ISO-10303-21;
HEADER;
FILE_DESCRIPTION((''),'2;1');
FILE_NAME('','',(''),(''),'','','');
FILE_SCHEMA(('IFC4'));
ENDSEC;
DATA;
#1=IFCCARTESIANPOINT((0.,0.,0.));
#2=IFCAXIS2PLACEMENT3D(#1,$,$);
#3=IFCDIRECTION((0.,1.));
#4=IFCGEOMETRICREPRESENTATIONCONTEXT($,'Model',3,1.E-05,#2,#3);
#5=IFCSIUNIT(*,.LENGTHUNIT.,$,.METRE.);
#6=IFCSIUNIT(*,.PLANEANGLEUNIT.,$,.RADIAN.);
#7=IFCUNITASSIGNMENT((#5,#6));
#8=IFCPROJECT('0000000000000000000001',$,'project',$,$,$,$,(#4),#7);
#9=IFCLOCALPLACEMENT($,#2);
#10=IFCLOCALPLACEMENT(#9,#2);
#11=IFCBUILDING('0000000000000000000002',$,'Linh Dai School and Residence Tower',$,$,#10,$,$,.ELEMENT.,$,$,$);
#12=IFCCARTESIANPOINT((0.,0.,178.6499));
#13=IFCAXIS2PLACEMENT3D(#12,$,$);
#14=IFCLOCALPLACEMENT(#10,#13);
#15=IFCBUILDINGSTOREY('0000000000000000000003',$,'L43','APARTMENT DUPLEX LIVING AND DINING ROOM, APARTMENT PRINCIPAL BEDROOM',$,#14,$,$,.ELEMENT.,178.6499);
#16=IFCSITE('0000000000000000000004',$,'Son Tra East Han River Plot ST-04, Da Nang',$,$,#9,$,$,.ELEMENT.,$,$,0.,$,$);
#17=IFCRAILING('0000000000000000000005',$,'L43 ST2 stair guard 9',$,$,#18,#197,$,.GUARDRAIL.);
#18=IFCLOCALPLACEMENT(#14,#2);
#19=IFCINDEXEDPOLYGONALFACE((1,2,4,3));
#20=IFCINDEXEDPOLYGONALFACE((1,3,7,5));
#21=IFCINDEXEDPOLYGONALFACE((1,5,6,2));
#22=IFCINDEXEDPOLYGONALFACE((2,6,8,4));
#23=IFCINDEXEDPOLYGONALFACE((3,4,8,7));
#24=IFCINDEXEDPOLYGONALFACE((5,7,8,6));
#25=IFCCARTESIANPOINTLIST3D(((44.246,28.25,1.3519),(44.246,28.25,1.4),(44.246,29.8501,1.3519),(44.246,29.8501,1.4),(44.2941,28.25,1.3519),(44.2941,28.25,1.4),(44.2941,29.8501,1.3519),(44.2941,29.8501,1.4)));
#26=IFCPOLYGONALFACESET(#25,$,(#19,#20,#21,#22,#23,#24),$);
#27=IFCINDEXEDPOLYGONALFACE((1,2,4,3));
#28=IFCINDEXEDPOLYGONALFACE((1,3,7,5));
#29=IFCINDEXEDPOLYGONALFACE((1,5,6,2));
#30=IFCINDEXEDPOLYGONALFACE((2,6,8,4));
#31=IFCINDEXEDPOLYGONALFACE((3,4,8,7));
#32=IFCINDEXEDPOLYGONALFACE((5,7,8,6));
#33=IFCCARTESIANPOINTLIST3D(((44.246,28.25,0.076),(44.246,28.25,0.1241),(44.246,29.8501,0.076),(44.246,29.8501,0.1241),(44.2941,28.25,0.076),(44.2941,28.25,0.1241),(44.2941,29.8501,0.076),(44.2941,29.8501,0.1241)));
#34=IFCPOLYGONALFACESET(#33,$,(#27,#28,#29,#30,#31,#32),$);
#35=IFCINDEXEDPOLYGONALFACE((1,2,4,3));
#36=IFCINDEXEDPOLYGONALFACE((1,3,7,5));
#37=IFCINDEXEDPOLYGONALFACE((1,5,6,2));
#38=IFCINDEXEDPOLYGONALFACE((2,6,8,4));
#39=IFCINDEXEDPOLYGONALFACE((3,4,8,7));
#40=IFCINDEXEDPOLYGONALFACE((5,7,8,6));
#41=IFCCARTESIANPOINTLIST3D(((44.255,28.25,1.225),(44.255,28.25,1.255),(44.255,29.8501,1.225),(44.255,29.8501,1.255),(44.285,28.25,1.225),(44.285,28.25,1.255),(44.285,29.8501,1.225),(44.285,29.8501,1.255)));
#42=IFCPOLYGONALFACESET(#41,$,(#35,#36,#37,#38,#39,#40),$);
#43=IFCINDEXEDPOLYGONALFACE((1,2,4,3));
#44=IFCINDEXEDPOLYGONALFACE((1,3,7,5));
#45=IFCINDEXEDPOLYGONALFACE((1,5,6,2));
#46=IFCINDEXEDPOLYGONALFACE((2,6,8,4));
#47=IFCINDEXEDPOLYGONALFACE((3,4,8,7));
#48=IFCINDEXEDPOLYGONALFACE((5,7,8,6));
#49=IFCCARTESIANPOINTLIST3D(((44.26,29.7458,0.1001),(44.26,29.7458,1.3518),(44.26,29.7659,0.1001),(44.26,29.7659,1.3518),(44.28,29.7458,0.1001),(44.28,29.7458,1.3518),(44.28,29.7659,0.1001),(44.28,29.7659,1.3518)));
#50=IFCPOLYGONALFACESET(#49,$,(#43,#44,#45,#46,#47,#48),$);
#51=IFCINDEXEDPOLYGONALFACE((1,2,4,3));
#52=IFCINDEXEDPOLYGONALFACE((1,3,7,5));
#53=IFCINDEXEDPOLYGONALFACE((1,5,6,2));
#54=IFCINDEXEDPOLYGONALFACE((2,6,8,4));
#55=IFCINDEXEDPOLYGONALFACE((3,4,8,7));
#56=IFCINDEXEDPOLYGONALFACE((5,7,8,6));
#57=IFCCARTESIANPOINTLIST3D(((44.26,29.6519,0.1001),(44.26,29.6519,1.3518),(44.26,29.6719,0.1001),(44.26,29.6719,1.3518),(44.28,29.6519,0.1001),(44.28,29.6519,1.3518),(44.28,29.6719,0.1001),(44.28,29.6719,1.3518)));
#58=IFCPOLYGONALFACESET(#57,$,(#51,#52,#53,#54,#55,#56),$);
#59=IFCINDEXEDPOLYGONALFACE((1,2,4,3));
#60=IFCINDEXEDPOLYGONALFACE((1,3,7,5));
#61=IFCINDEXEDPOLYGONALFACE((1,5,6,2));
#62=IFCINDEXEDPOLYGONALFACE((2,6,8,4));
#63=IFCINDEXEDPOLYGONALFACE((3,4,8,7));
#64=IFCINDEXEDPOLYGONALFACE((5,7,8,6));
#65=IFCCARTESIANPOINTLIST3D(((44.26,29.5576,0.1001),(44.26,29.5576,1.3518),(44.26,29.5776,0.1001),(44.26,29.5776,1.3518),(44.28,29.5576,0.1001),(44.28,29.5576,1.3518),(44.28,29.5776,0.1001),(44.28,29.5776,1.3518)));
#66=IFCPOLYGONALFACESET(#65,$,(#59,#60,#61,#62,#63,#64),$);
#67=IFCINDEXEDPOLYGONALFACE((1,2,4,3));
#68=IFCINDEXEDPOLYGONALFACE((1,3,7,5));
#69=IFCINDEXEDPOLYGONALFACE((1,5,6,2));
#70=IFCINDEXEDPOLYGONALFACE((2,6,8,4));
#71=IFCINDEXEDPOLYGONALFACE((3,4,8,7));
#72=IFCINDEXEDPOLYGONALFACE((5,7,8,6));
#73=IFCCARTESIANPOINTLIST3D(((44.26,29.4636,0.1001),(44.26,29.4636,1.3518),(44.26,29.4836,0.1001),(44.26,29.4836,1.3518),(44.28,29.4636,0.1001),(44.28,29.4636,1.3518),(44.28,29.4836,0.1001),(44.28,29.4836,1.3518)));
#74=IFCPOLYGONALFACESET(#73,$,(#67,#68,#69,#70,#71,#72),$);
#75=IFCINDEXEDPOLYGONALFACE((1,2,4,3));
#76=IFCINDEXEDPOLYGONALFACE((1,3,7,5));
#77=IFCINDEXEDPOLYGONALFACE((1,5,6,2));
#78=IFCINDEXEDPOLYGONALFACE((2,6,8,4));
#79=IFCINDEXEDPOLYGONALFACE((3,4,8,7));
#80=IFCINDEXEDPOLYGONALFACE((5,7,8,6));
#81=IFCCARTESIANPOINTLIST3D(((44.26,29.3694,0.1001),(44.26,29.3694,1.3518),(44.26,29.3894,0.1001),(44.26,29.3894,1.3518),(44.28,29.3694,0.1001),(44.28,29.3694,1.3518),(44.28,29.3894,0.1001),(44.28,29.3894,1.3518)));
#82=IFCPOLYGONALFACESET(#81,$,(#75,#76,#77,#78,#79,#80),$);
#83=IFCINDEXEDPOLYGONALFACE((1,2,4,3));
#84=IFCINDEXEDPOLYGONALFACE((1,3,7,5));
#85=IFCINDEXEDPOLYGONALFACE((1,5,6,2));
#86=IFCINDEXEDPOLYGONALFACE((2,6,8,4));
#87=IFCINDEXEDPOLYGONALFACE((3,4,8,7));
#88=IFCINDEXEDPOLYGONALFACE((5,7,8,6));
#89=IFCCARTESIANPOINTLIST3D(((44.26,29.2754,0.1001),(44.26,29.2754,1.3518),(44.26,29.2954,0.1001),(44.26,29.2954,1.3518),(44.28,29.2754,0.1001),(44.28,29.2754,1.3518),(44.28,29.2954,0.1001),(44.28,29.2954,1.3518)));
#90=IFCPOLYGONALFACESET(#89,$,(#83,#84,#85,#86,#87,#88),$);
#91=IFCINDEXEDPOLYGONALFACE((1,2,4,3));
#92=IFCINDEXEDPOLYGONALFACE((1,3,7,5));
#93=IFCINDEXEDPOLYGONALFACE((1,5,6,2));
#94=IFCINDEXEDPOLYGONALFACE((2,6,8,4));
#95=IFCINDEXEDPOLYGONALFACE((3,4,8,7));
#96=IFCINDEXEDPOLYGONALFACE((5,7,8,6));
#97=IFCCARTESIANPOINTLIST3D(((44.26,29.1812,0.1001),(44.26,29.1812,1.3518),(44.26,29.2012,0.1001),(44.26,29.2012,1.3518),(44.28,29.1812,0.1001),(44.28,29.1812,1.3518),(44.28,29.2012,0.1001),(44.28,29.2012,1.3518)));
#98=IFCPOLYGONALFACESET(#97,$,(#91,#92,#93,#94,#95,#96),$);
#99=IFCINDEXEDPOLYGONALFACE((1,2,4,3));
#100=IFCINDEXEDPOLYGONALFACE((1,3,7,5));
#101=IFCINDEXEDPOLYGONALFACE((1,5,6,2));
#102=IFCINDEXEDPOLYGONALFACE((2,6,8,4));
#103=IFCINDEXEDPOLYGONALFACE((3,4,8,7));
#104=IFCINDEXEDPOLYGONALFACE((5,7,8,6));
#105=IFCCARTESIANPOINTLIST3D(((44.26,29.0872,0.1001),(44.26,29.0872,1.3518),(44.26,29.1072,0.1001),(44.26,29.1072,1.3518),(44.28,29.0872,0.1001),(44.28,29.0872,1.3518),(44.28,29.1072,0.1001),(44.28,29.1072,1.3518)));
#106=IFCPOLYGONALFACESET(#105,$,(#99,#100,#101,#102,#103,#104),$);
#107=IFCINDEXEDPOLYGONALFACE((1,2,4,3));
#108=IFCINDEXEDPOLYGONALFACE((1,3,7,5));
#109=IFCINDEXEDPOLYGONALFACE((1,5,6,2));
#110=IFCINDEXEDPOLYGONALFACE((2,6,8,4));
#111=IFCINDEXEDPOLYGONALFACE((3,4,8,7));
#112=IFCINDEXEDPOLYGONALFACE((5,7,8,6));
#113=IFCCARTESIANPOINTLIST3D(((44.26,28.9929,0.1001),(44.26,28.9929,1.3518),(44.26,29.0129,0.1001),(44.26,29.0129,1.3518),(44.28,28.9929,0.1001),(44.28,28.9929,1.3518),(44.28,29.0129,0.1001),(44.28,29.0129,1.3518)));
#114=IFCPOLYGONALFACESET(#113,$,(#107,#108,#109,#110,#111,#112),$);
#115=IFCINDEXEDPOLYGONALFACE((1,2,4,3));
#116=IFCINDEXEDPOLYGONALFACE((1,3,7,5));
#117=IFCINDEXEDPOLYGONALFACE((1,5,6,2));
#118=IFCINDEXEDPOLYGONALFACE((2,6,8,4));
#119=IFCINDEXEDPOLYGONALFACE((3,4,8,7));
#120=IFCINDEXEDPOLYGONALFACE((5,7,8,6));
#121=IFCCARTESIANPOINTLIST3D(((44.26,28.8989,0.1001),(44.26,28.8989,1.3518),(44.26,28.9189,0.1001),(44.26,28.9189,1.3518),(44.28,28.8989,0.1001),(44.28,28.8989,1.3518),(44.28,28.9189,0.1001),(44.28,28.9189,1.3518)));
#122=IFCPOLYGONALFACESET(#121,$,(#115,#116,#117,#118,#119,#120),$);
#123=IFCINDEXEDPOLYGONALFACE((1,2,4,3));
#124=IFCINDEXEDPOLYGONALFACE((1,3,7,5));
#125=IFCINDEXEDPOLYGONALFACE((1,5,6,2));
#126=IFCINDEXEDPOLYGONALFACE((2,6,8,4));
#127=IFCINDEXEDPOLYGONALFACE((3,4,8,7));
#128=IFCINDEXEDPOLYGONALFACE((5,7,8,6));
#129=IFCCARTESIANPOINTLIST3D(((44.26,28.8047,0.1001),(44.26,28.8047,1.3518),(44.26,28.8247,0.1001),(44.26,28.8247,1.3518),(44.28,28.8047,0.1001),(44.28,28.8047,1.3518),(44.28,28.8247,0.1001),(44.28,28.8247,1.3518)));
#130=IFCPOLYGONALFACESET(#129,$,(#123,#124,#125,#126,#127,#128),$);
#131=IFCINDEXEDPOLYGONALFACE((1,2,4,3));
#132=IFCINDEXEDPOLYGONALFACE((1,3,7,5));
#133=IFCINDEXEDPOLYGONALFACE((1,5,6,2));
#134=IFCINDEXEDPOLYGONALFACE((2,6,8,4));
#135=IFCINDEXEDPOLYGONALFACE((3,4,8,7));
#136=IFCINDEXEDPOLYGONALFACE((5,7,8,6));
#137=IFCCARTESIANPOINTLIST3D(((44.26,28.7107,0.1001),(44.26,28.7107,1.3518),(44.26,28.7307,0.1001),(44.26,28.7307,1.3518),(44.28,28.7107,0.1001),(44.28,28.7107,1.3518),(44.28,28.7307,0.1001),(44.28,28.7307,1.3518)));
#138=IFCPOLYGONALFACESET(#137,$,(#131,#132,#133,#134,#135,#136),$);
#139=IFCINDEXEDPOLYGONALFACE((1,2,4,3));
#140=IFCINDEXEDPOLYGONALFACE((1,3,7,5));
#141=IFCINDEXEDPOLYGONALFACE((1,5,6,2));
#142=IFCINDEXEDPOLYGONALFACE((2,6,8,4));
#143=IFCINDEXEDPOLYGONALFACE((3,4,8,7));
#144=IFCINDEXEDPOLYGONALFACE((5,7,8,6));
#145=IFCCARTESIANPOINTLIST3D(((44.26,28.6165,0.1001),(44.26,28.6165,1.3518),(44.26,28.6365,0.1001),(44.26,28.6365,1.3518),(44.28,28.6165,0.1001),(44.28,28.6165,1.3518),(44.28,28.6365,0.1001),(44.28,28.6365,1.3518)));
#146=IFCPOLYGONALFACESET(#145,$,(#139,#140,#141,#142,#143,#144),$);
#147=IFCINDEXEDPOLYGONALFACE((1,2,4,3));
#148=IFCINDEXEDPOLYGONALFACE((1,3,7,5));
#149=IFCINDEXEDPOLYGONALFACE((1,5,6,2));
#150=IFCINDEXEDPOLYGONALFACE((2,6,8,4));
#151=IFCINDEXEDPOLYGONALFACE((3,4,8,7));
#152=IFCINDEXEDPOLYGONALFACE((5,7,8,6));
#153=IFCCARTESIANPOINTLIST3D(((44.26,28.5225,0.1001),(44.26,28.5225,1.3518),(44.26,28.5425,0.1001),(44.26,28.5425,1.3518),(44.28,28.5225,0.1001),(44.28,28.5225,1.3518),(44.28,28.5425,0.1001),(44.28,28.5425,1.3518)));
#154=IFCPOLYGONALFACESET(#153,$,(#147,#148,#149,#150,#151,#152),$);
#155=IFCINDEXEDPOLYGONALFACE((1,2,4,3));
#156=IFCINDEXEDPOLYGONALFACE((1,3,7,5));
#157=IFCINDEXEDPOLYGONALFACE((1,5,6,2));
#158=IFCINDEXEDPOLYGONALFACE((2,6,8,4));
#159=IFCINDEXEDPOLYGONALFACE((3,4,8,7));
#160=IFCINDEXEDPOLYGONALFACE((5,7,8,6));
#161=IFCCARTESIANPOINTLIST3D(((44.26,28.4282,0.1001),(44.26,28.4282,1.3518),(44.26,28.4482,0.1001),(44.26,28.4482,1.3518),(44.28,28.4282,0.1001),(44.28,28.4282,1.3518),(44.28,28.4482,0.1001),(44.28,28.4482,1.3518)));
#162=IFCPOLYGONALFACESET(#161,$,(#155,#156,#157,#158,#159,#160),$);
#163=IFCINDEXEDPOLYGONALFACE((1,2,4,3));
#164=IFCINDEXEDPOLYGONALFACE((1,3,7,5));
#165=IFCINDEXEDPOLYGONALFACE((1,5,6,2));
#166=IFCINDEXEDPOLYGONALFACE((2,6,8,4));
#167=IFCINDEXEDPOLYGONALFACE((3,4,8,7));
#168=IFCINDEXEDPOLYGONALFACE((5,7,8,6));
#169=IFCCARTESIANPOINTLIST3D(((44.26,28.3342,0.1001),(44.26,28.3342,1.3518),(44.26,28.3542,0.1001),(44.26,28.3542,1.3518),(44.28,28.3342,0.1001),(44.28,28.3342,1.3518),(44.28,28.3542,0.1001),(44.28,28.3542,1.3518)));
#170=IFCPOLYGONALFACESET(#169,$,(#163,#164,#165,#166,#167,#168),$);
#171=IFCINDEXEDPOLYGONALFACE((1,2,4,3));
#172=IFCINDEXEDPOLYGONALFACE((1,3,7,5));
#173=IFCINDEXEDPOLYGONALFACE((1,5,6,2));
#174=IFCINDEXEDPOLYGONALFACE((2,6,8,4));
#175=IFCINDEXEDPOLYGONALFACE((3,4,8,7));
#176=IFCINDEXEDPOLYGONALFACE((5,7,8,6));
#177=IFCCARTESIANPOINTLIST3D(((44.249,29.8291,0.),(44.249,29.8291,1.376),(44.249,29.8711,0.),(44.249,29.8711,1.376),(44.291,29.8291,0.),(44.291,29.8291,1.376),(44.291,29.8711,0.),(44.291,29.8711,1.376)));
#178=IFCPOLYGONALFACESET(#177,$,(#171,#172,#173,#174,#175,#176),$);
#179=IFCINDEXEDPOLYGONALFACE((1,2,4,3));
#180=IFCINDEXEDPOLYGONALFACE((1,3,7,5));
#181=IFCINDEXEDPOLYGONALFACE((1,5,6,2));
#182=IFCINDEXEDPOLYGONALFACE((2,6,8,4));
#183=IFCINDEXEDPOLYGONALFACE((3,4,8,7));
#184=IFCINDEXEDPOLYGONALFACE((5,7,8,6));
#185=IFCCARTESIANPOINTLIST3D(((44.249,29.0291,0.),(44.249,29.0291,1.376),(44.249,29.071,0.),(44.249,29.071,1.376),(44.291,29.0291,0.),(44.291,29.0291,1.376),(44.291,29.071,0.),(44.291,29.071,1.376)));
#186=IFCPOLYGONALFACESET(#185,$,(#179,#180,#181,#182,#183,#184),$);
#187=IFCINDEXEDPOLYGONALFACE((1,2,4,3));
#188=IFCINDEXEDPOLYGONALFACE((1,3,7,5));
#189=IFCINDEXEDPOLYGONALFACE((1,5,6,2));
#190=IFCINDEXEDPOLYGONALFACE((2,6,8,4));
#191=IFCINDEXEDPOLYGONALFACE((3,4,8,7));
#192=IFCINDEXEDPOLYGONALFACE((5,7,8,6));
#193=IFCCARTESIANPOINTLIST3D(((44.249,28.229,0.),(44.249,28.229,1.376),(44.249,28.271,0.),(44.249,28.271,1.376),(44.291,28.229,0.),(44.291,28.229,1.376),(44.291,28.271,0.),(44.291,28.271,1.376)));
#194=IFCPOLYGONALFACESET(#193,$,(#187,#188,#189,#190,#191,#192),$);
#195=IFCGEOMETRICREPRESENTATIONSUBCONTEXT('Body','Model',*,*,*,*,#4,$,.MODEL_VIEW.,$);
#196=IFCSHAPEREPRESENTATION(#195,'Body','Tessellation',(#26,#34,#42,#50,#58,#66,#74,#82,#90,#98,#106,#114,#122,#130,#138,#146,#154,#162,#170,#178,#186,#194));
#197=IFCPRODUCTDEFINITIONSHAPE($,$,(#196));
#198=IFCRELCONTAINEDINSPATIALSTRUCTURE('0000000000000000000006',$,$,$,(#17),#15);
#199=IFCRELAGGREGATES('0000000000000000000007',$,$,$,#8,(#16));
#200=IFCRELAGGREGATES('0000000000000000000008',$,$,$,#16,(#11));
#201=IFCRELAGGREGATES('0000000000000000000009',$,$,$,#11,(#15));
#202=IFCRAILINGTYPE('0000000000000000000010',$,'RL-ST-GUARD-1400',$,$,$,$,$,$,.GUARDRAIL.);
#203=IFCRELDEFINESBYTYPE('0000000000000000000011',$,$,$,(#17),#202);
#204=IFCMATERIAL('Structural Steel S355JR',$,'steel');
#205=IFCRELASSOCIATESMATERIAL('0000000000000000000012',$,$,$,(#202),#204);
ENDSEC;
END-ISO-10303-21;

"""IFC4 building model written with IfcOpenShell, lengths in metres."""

from ifc_helpers import new_model, si_unit, direction, frame, origin, origin_2d, place, context, subcontext, project, spatial, rectangle, extrude, source, transform, mapped, material, type_object, element, save


model = new_model("IFC4")

# Units and contexts
model_context = context("Model", 3, precision=1e-05, world=origin(), true_north=direction((0.0, 1.0)))
body_context = subcontext(model_context, "Body", "Model", "MODEL_VIEW")
ifc_project = project(units=[si_unit("LENGTHUNIT", "METRE"), si_unit("PLANEANGLEUNIT", "RADIAN")], contexts=[model_context])

# Site, building, storey
site_placement = place(None, origin())
site = spatial("IfcSite", under=ifc_project, at=site_placement, Name="Son Tra East Han River Plot ST-04, Da Nang", CompositionType="ELEMENT", RefElevation=0.0)
building_placement = place(site_placement, origin())
building = spatial("IfcBuilding", under=site, at=building_placement, Name="Linh Dai School and Residence Tower", CompositionType="ELEMENT")
storey_placement = place(building_placement, frame((0.0, 0.0, 178.6499)))
storey = spatial("IfcBuildingStorey", under=building, at=storey_placement, Name="L43", Description="APARTMENT DUPLEX LIVING AND DINING ROOM, APARTMENT PRINCIPAL BEDROOM", CompositionType="ELEMENT", Elevation=178.6499)

# Shared definitions
ifc_material_1 = material(Name="Structural Steel S355JR", Category="steel")

# Railing
railing_type_1 = type_object("IfcRailingType", Name="RL-ST-GUARD-1400", PredefinedType="GUARDRAIL", material=ifc_material_1)
shared_shape_1 = source(origin(), body_context, "Body", "SweptSolid", [
    extrude(rectangle(XDim=0.0481, YDim=0.0481, at=origin_2d()), frame((0.0, 0.0, 1.376), z_axis=(0.0, -1.0, 0.0), x_axis=(1.0, 0.0, 0.0)), (0.0, 0.0, 1.0), 1.6001),
    extrude(rectangle(XDim=0.0481, YDim=0.0481, at=origin_2d()), frame((0.0, 0.0, 0.1001), z_axis=(0.0, -1.0, 0.0), x_axis=(1.0, 0.0, 0.0)), (0.0, 0.0, 1.0), 1.6001),
    extrude(rectangle(XDim=0.03, YDim=0.03, at=origin_2d()), frame((0.0, 0.0, 1.24), z_axis=(0.0, -1.0, 0.0), x_axis=(1.0, 0.0, 0.0)), (0.0, 0.0, 1.0), 1.6001),
    extrude(rectangle(XDim=0.02, YDim=0.02, at=origin_2d()), frame((0.0, -0.0942, 0.1001)), (0.0, 0.0, 1.0), 1.2517),
    extrude(rectangle(XDim=0.02, YDim=0.02, at=origin_2d()), frame((0.0, -0.1882, 0.1001)), (0.0, 0.0, 1.0), 1.2517),
    extrude(rectangle(XDim=0.02, YDim=0.02, at=origin_2d()), frame((0.0, -0.2825, 0.1001)), (0.0, 0.0, 1.0), 1.2517),
    extrude(rectangle(XDim=0.02, YDim=0.02, at=origin_2d()), frame((0.0, -0.3765, 0.1001)), (0.0, 0.0, 1.0), 1.2517),
    extrude(rectangle(XDim=0.02, YDim=0.02, at=origin_2d()), frame((0.0, -0.4707, 0.1001)), (0.0, 0.0, 1.0), 1.2517),
    extrude(rectangle(XDim=0.02, YDim=0.02, at=origin_2d()), frame((0.0, -0.5647, 0.1001)), (0.0, 0.0, 1.0), 1.2517),
    extrude(rectangle(XDim=0.02, YDim=0.02, at=origin_2d()), frame((0.0, -0.6589, 0.1001)), (0.0, 0.0, 1.0), 1.2517),
    extrude(rectangle(XDim=0.02, YDim=0.02, at=origin_2d()), frame((0.0, -0.7529, 0.1001)), (0.0, 0.0, 1.0), 1.2517),
    extrude(rectangle(XDim=0.02, YDim=0.02, at=origin_2d()), frame((0.0, -0.8472, 0.1001)), (0.0, 0.0, 1.0), 1.2517),
    extrude(rectangle(XDim=0.02, YDim=0.02, at=origin_2d()), frame((0.0, -0.9412, 0.1001)), (0.0, 0.0, 1.0), 1.2517),
    extrude(rectangle(XDim=0.02, YDim=0.02, at=origin_2d()), frame((0.0, -1.0354, 0.1001)), (0.0, 0.0, 1.0), 1.2517),
    extrude(rectangle(XDim=0.02, YDim=0.02, at=origin_2d()), frame((0.0, -1.1294, 0.1001)), (0.0, 0.0, 1.0), 1.2517),
    extrude(rectangle(XDim=0.02, YDim=0.02, at=origin_2d()), frame((0.0, -1.2236, 0.1001)), (0.0, 0.0, 1.0), 1.2517),
    extrude(rectangle(XDim=0.02, YDim=0.02, at=origin_2d()), frame((0.0, -1.3176, 0.1001)), (0.0, 0.0, 1.0), 1.2517),
    extrude(rectangle(XDim=0.02, YDim=0.02, at=origin_2d()), frame((0.0, -1.4119, 0.1001)), (0.0, 0.0, 1.0), 1.2517),
    extrude(rectangle(XDim=0.02, YDim=0.02, at=origin_2d()), frame((0.0, -1.5059, 0.1001)), (0.0, 0.0, 1.0), 1.2517),
    extrude(rectangle(XDim=0.042, YDim=0.042, at=origin_2d()), origin(), (0.0, 0.0, 1.0), 1.376),
    extrude(rectangle(XDim=0.042, YDim=0.042, at=origin_2d()), frame((0.0, -0.8, 0.0)), (0.0, 0.0, 1.0), 1.376),
    extrude(rectangle(XDim=0.042, YDim=0.042, at=origin_2d()), frame((0.0, -1.6001, 0.0)), (0.0, 0.0, 1.0), 1.376),
])
for number, where, name in (
    (1, (44.27, 29.8501, 0.0), "L43 ST2 stair guard 9"),
):
    element("IfcRailing", number, at=place(storey_placement, frame(where)), inside=storey, type_object=railing_type_1, Name=name, PredefinedType="GUARDRAIL", context=body_context, shape_type="MappedRepresentation", body=[
        mapped(shared_shape_1, transform((0.0, 0.0, 0.0), x_axis=(1.0, 0.0, 0.0), y_axis=(0.0, 1.0, 0.0), z_axis=(0.0, 0.0, 1.0), scale=1.0)),
    ])

save(model, "model.ifc")
